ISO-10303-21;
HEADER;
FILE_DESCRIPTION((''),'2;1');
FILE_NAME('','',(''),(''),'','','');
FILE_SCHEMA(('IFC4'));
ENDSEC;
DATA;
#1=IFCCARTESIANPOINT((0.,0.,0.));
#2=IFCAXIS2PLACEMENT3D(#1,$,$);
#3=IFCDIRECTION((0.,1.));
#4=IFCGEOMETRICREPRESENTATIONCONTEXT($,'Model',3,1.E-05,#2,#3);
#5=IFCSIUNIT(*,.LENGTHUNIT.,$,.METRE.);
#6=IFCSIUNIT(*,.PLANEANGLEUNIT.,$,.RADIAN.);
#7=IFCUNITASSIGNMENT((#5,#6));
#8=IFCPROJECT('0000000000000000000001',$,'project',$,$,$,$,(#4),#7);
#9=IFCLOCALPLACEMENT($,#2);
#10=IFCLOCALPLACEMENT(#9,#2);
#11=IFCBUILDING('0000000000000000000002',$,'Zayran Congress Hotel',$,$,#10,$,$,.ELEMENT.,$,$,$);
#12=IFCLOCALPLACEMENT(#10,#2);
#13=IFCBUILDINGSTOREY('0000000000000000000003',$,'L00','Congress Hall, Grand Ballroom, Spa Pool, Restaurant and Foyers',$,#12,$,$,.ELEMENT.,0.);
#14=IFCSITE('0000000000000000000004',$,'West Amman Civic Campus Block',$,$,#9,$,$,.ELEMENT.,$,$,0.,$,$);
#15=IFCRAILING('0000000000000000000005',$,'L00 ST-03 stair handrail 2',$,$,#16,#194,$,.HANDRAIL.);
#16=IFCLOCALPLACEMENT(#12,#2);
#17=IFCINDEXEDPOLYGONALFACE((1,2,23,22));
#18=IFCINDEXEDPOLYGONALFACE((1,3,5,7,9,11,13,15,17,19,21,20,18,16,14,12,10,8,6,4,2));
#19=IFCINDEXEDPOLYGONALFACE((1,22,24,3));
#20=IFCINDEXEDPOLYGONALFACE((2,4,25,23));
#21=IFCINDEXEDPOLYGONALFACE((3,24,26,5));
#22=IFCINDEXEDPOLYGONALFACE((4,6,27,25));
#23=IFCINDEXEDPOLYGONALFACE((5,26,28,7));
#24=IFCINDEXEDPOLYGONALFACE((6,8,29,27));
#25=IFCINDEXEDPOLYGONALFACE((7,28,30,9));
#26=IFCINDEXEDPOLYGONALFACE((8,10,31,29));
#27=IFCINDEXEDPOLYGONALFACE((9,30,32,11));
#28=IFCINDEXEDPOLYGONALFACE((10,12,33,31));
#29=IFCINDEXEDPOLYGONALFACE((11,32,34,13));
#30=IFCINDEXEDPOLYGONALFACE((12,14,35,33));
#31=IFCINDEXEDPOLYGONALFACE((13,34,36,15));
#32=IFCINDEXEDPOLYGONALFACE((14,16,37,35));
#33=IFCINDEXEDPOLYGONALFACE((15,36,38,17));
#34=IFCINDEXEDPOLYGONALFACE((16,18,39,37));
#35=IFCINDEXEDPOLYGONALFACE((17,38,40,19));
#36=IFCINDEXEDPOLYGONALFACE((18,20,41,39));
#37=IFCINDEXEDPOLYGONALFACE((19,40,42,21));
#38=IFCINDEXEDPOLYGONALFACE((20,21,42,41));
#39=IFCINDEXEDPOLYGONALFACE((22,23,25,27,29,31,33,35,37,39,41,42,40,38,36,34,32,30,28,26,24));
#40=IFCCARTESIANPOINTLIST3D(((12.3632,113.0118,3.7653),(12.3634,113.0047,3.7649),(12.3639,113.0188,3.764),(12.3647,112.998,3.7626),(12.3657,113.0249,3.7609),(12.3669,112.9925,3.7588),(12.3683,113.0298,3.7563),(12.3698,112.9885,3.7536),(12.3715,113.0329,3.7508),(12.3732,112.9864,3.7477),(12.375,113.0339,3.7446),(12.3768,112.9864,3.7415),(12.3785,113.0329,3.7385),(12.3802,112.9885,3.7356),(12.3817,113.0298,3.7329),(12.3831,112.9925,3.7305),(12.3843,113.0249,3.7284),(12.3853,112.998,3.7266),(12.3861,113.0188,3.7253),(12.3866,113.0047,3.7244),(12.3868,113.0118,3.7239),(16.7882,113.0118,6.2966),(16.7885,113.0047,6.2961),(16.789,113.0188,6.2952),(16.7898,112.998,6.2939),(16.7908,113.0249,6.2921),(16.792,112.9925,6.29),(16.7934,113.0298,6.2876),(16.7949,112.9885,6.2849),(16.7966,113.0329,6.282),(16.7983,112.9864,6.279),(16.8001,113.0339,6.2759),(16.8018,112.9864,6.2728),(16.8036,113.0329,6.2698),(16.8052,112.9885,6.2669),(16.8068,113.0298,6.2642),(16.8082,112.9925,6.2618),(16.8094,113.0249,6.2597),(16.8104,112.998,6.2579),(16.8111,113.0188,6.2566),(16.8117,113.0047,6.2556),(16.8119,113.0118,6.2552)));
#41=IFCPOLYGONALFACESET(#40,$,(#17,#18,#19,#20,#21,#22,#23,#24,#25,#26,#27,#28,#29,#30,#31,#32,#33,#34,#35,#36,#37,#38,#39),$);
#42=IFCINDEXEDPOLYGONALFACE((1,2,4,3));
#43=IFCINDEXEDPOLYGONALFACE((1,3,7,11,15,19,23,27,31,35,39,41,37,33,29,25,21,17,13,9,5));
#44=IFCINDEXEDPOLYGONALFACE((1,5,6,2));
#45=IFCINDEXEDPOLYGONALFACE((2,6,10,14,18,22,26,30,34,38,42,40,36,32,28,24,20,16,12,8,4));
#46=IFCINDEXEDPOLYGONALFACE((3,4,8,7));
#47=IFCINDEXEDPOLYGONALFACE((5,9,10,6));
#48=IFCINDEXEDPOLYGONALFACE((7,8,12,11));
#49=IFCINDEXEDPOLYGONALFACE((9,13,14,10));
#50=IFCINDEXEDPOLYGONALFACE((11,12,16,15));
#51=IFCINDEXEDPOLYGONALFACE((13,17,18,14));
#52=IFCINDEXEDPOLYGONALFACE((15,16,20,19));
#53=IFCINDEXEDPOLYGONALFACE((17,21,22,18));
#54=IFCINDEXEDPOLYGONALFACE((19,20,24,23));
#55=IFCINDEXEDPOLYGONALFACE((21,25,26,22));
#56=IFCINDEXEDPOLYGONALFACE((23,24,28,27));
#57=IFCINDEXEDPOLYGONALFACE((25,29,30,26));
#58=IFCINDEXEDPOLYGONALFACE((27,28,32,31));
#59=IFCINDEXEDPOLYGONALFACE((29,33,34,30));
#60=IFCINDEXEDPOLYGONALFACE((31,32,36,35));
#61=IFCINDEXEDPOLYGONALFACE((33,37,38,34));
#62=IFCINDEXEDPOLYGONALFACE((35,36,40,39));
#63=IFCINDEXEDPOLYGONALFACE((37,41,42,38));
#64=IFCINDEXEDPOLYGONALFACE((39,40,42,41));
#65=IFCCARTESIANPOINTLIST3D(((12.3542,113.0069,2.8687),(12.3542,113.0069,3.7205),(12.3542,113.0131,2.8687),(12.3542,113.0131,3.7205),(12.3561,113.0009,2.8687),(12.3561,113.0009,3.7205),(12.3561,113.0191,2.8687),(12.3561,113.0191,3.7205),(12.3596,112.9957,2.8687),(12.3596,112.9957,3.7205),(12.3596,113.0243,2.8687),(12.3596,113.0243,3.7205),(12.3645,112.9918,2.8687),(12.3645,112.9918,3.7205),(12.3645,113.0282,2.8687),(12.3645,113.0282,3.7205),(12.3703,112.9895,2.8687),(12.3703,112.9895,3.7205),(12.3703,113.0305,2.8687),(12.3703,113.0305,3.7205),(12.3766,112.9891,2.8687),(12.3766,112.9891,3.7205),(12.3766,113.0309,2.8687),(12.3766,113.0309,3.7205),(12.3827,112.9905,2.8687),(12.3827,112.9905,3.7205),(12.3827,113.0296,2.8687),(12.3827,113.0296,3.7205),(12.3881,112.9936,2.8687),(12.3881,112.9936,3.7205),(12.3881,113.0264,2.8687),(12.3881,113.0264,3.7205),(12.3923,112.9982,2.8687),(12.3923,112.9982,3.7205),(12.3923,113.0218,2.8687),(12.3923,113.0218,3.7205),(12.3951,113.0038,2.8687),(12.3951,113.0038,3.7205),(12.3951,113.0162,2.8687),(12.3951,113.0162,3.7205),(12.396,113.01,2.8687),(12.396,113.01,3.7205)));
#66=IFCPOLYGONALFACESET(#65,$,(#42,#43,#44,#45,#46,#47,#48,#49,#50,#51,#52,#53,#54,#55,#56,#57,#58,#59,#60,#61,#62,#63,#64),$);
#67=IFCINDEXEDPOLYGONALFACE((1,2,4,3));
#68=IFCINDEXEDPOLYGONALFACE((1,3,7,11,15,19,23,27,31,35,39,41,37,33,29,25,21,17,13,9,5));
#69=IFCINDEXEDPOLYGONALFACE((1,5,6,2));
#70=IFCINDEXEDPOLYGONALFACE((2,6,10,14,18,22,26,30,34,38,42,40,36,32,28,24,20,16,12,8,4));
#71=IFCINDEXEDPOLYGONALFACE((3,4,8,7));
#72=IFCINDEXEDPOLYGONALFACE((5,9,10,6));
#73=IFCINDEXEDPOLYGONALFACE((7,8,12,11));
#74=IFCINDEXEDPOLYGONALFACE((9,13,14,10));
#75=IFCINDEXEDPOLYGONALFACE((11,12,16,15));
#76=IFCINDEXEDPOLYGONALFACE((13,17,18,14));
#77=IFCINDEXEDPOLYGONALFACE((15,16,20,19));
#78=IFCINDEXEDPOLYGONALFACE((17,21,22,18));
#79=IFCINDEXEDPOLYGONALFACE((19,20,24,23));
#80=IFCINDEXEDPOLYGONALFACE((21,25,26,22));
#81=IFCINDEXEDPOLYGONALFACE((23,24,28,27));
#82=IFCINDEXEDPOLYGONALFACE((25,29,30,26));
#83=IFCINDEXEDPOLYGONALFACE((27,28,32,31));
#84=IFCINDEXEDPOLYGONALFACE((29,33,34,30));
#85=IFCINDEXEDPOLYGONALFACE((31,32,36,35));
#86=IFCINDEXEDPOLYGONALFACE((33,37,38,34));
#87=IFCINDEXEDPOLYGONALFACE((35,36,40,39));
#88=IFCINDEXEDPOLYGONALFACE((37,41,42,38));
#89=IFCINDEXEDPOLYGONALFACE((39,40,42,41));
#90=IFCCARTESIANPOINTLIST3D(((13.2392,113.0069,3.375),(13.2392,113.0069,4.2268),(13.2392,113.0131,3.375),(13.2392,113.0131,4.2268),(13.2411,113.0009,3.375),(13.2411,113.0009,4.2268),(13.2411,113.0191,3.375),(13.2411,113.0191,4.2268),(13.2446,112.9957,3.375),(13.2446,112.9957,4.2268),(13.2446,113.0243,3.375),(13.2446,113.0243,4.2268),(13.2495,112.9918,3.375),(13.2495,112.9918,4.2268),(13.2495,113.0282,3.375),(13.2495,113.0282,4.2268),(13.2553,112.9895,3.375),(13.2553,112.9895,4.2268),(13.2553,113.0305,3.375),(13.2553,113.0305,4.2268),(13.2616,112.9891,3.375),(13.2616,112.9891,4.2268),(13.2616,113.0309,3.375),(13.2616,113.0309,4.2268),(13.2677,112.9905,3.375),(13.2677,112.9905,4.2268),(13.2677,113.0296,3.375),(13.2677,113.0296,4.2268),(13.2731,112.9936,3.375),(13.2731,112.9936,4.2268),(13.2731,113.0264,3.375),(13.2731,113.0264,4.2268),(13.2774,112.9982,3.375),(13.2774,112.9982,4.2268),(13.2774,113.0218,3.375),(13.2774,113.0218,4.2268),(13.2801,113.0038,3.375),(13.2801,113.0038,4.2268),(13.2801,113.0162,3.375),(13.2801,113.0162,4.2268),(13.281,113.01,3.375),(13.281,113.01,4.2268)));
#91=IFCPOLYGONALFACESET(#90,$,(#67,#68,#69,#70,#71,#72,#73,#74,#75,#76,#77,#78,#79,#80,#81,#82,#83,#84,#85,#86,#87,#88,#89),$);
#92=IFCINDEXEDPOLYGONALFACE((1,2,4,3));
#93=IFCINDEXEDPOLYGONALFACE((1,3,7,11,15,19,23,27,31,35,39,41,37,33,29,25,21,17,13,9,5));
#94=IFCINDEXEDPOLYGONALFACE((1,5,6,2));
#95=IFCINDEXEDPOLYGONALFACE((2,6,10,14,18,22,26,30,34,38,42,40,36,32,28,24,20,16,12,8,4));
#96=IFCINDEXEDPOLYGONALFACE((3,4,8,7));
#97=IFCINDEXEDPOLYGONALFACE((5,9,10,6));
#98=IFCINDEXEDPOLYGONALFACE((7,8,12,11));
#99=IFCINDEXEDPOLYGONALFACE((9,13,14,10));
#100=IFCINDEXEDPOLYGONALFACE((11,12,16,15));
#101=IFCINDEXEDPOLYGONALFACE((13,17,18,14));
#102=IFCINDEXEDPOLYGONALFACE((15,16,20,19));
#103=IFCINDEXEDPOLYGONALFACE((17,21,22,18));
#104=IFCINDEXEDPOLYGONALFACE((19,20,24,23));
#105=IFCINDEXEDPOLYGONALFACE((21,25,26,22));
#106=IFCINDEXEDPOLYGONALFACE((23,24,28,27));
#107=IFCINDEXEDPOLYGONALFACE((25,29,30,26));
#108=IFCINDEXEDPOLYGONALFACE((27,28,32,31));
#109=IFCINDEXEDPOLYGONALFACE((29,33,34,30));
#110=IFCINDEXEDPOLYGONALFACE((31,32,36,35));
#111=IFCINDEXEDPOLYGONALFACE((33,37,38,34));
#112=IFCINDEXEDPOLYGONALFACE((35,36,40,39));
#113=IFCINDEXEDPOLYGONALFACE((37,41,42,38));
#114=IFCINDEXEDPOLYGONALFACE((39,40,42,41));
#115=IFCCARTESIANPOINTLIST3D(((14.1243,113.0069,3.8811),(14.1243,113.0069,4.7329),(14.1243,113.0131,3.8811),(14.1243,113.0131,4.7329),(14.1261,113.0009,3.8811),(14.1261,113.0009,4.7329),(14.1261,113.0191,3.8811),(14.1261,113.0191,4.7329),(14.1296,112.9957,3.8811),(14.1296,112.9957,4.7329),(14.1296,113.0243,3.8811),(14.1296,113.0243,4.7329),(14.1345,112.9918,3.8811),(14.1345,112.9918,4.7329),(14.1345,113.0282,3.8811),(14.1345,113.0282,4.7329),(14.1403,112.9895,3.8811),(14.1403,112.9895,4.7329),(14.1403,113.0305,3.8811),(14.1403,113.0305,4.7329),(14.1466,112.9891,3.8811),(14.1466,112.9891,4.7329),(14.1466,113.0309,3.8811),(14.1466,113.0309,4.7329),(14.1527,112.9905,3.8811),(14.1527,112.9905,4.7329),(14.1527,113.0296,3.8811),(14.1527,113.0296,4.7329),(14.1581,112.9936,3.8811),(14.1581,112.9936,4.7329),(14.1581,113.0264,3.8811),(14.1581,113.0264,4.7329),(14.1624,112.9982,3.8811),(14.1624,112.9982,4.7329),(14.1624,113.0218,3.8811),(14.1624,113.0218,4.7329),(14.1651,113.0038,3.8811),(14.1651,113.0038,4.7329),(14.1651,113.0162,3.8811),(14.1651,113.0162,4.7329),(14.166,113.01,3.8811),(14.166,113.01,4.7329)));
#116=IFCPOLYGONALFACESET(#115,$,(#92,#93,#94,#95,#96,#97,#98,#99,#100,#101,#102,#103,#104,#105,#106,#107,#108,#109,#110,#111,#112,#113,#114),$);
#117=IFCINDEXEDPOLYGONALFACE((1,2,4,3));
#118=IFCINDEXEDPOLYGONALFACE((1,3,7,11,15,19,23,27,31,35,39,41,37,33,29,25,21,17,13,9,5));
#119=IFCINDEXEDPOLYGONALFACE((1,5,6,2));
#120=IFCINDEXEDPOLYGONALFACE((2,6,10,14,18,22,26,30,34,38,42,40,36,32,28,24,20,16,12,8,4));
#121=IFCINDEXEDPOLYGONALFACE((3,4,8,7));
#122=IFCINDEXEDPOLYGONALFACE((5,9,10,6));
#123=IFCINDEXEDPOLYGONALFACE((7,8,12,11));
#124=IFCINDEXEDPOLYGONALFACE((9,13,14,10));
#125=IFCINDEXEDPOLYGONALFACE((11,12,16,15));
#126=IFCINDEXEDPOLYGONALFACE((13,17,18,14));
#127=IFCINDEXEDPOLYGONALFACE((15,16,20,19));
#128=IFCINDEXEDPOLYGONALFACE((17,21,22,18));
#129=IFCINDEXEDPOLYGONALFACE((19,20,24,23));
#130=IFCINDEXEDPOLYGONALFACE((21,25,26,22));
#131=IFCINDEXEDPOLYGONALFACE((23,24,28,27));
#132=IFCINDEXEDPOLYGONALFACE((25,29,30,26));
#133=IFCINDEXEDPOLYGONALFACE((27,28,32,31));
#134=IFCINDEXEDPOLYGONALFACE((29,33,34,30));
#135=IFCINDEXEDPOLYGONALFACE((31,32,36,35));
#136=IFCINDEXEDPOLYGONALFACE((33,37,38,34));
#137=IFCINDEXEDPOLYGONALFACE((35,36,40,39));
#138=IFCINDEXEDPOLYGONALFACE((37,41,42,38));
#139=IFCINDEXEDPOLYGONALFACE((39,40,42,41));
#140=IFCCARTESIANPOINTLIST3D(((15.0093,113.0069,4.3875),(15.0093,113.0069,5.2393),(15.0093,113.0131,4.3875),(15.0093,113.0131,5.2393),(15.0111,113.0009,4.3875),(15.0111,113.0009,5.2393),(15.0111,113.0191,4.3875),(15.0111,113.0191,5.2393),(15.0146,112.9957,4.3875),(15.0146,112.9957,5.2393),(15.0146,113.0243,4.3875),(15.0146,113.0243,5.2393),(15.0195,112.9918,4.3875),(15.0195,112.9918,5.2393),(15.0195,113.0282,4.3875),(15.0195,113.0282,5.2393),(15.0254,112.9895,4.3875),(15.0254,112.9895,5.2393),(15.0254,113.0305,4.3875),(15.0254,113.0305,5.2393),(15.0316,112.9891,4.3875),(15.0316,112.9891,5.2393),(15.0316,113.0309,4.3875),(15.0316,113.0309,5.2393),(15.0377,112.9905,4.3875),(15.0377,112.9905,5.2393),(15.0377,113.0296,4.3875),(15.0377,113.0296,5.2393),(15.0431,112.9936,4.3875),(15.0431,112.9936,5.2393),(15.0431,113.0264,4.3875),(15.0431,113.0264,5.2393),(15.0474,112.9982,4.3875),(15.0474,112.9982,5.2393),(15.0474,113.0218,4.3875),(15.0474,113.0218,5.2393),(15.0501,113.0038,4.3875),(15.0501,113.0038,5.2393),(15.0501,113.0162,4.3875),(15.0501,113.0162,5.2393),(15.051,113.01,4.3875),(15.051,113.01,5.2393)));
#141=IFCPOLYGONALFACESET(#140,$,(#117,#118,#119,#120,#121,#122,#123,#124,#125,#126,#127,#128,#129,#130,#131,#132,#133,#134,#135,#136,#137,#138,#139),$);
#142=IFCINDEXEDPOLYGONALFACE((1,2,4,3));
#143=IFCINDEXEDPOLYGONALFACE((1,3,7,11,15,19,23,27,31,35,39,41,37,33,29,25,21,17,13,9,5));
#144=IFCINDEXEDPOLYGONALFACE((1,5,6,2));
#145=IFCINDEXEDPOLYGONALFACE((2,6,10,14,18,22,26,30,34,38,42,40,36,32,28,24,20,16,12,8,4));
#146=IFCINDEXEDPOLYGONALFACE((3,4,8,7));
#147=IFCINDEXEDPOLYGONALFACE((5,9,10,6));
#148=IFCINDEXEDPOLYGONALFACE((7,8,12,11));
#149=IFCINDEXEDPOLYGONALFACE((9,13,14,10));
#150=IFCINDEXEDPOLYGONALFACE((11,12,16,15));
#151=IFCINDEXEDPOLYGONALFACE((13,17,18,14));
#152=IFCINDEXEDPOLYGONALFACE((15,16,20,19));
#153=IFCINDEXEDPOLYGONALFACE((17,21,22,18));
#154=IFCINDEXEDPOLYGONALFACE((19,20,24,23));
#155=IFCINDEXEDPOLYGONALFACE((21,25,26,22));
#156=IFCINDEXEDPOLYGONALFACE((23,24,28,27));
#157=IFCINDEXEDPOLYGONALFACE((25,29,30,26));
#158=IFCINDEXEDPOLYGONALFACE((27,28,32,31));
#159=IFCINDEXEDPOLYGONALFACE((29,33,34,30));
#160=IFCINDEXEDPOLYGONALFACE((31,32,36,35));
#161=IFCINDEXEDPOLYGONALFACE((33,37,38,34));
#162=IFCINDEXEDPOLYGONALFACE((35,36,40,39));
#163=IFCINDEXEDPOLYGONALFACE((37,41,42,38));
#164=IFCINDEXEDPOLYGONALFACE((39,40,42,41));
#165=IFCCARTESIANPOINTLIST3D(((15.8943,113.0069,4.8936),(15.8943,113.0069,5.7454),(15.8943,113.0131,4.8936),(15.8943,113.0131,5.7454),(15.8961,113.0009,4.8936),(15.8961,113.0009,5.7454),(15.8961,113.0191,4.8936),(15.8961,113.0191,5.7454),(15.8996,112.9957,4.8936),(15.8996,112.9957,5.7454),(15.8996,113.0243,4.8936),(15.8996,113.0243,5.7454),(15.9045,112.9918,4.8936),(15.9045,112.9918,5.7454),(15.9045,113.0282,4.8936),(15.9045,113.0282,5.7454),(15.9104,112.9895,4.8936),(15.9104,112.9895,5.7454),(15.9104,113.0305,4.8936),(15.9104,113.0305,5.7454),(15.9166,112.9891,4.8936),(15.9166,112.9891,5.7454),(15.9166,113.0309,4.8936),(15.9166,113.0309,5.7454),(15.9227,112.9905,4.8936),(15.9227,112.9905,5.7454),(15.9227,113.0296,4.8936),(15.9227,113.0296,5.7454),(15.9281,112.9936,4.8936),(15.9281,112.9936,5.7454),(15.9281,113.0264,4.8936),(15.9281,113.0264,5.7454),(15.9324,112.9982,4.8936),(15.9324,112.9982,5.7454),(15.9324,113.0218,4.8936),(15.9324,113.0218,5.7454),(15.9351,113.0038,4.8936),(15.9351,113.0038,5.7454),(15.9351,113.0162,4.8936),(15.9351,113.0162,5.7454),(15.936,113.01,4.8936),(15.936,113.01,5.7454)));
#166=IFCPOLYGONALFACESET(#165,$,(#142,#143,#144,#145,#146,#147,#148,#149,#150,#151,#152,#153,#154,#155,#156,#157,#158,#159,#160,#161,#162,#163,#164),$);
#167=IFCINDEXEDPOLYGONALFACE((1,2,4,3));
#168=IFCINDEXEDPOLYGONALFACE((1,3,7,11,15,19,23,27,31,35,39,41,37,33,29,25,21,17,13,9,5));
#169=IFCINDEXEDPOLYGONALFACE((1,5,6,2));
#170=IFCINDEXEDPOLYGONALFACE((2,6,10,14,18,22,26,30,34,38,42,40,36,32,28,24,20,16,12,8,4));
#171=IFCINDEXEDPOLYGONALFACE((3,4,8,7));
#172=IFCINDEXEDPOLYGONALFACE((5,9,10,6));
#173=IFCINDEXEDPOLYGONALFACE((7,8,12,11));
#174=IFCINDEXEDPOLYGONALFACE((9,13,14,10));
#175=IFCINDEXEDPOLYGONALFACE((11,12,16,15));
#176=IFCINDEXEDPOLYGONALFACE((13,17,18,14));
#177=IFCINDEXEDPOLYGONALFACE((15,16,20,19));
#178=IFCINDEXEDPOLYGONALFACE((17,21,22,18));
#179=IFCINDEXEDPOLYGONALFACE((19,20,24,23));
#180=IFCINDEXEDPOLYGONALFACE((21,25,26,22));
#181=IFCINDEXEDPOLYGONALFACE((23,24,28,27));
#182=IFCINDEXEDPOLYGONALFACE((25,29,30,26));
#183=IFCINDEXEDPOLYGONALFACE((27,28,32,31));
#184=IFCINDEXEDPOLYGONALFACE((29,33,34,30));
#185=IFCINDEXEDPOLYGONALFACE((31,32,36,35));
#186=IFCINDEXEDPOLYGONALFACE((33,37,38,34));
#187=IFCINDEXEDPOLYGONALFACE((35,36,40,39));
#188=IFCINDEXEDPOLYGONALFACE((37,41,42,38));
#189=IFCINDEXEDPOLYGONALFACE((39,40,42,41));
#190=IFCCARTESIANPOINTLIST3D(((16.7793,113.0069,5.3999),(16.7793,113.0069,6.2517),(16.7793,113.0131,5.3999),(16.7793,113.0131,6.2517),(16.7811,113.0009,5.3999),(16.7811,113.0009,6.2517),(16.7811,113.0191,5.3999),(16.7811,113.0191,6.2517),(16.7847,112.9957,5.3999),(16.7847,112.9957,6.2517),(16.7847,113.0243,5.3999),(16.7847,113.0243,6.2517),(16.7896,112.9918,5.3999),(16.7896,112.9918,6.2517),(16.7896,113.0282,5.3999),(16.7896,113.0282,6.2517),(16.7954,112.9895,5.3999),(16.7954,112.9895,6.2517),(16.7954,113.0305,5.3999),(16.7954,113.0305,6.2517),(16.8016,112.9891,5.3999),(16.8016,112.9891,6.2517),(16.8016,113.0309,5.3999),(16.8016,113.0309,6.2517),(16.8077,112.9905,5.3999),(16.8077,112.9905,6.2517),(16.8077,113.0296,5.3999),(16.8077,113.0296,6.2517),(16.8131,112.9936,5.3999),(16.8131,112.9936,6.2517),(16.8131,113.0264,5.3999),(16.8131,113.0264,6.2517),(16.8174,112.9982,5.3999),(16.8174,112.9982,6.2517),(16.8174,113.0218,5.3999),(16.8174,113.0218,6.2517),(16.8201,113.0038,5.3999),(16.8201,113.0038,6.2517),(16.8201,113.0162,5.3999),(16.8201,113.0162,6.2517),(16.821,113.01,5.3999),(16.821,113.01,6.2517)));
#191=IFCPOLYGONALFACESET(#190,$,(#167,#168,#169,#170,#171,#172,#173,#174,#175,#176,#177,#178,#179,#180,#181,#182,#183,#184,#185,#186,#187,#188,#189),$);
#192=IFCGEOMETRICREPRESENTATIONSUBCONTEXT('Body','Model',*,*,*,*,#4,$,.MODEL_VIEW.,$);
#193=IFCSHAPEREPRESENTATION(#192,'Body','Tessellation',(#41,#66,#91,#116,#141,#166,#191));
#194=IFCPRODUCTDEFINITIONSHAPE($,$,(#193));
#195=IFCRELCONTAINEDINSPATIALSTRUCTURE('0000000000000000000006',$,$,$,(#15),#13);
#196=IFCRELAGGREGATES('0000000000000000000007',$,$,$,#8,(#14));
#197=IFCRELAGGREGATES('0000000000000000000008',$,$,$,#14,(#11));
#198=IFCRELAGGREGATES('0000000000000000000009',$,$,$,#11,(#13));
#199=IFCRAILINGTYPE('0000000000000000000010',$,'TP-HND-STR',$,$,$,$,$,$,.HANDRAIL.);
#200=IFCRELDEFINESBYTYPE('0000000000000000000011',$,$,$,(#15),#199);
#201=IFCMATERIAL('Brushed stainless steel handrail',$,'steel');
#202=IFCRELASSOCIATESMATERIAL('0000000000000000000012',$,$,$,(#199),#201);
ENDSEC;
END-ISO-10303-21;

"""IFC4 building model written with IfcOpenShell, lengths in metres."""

from ifc_helpers import new_model, si_unit, direction, frame, origin, origin_2d, place, context, subcontext, project, spatial, circle, extrude, material, type_object, element, save


model = new_model("IFC4")

# Units and contexts
model_context = context("Model", 3, precision=1e-05, world=origin(), true_north=direction((0.0, 1.0)))
body_context = subcontext(model_context, "Body", "Model", "MODEL_VIEW")
ifc_project = project(units=[si_unit("LENGTHUNIT", "METRE"), si_unit("PLANEANGLEUNIT", "RADIAN")], contexts=[model_context])

# Site, building, storey
site_placement = place(None, origin())
site = spatial("IfcSite", under=ifc_project, at=site_placement, Name="West Amman Civic Campus Block", CompositionType="ELEMENT", RefElevation=0.0)
building_placement = place(site_placement, origin())
building = spatial("IfcBuilding", under=site, at=building_placement, Name="Zayran Congress Hotel", CompositionType="ELEMENT")
storey_placement = place(building_placement, origin())
storey = spatial("IfcBuildingStorey", under=building, at=storey_placement, Name="L00", Description="Congress Hall, Grand Ballroom, Spa Pool, Restaurant and Foyers", CompositionType="ELEMENT", Elevation=0.0)

# Railing
ifc_material_1 = material(Name="Brushed stainless steel handrail", Category="steel")
railing_type_1 = type_object("IfcRailingType", Name="TP-HND-STR", PredefinedType="HANDRAIL", material=ifc_material_1)
railing_1_placement = place(storey_placement, frame((12.375, 113.01, 2.8687)))
element("IfcRailing", 1, at=railing_1_placement, inside=storey, type_object=railing_type_1, Name="L00 ST-03 stair handrail 2", PredefinedType="HANDRAIL", context=body_context, shape_type="SweptSolid", body=[
    extrude(circle(Radius=0.0239, at=origin_2d()), frame((0.0, 0.0, 0.876), z_axis=(0.868019, 0.0, 0.496531), x_axis=(0.0, 1.0, 0.0)), (0.0, 0.0, 1.0), 5.0979),
    extrude(circle(Radius=0.021, at=origin_2d()), origin(), (0.0, 0.0, 1.0), 0.8518),
    extrude(circle(Radius=0.021, at=origin_2d()), frame((0.885, 0.0, 0.5063)), (0.0, 0.0, 1.0), 0.8518),
    extrude(circle(Radius=0.021, at=origin_2d()), frame((1.77, 0.0, 1.0125)), (0.0, 0.0, 1.0), 0.8518),
    extrude(circle(Radius=0.021, at=origin_2d()), frame((2.655, 0.0, 1.5188)), (0.0, 0.0, 1.0), 0.8518),
    extrude(circle(Radius=0.021, at=origin_2d()), frame((3.54, 0.0, 2.0249)), (0.0, 0.0, 1.0), 0.8518),
    extrude(circle(Radius=0.021, at=origin_2d()), frame((4.425, 0.0, 2.5312)), (0.0, 0.0, 1.0), 0.8518),
])

save(model, "model.ifc")
